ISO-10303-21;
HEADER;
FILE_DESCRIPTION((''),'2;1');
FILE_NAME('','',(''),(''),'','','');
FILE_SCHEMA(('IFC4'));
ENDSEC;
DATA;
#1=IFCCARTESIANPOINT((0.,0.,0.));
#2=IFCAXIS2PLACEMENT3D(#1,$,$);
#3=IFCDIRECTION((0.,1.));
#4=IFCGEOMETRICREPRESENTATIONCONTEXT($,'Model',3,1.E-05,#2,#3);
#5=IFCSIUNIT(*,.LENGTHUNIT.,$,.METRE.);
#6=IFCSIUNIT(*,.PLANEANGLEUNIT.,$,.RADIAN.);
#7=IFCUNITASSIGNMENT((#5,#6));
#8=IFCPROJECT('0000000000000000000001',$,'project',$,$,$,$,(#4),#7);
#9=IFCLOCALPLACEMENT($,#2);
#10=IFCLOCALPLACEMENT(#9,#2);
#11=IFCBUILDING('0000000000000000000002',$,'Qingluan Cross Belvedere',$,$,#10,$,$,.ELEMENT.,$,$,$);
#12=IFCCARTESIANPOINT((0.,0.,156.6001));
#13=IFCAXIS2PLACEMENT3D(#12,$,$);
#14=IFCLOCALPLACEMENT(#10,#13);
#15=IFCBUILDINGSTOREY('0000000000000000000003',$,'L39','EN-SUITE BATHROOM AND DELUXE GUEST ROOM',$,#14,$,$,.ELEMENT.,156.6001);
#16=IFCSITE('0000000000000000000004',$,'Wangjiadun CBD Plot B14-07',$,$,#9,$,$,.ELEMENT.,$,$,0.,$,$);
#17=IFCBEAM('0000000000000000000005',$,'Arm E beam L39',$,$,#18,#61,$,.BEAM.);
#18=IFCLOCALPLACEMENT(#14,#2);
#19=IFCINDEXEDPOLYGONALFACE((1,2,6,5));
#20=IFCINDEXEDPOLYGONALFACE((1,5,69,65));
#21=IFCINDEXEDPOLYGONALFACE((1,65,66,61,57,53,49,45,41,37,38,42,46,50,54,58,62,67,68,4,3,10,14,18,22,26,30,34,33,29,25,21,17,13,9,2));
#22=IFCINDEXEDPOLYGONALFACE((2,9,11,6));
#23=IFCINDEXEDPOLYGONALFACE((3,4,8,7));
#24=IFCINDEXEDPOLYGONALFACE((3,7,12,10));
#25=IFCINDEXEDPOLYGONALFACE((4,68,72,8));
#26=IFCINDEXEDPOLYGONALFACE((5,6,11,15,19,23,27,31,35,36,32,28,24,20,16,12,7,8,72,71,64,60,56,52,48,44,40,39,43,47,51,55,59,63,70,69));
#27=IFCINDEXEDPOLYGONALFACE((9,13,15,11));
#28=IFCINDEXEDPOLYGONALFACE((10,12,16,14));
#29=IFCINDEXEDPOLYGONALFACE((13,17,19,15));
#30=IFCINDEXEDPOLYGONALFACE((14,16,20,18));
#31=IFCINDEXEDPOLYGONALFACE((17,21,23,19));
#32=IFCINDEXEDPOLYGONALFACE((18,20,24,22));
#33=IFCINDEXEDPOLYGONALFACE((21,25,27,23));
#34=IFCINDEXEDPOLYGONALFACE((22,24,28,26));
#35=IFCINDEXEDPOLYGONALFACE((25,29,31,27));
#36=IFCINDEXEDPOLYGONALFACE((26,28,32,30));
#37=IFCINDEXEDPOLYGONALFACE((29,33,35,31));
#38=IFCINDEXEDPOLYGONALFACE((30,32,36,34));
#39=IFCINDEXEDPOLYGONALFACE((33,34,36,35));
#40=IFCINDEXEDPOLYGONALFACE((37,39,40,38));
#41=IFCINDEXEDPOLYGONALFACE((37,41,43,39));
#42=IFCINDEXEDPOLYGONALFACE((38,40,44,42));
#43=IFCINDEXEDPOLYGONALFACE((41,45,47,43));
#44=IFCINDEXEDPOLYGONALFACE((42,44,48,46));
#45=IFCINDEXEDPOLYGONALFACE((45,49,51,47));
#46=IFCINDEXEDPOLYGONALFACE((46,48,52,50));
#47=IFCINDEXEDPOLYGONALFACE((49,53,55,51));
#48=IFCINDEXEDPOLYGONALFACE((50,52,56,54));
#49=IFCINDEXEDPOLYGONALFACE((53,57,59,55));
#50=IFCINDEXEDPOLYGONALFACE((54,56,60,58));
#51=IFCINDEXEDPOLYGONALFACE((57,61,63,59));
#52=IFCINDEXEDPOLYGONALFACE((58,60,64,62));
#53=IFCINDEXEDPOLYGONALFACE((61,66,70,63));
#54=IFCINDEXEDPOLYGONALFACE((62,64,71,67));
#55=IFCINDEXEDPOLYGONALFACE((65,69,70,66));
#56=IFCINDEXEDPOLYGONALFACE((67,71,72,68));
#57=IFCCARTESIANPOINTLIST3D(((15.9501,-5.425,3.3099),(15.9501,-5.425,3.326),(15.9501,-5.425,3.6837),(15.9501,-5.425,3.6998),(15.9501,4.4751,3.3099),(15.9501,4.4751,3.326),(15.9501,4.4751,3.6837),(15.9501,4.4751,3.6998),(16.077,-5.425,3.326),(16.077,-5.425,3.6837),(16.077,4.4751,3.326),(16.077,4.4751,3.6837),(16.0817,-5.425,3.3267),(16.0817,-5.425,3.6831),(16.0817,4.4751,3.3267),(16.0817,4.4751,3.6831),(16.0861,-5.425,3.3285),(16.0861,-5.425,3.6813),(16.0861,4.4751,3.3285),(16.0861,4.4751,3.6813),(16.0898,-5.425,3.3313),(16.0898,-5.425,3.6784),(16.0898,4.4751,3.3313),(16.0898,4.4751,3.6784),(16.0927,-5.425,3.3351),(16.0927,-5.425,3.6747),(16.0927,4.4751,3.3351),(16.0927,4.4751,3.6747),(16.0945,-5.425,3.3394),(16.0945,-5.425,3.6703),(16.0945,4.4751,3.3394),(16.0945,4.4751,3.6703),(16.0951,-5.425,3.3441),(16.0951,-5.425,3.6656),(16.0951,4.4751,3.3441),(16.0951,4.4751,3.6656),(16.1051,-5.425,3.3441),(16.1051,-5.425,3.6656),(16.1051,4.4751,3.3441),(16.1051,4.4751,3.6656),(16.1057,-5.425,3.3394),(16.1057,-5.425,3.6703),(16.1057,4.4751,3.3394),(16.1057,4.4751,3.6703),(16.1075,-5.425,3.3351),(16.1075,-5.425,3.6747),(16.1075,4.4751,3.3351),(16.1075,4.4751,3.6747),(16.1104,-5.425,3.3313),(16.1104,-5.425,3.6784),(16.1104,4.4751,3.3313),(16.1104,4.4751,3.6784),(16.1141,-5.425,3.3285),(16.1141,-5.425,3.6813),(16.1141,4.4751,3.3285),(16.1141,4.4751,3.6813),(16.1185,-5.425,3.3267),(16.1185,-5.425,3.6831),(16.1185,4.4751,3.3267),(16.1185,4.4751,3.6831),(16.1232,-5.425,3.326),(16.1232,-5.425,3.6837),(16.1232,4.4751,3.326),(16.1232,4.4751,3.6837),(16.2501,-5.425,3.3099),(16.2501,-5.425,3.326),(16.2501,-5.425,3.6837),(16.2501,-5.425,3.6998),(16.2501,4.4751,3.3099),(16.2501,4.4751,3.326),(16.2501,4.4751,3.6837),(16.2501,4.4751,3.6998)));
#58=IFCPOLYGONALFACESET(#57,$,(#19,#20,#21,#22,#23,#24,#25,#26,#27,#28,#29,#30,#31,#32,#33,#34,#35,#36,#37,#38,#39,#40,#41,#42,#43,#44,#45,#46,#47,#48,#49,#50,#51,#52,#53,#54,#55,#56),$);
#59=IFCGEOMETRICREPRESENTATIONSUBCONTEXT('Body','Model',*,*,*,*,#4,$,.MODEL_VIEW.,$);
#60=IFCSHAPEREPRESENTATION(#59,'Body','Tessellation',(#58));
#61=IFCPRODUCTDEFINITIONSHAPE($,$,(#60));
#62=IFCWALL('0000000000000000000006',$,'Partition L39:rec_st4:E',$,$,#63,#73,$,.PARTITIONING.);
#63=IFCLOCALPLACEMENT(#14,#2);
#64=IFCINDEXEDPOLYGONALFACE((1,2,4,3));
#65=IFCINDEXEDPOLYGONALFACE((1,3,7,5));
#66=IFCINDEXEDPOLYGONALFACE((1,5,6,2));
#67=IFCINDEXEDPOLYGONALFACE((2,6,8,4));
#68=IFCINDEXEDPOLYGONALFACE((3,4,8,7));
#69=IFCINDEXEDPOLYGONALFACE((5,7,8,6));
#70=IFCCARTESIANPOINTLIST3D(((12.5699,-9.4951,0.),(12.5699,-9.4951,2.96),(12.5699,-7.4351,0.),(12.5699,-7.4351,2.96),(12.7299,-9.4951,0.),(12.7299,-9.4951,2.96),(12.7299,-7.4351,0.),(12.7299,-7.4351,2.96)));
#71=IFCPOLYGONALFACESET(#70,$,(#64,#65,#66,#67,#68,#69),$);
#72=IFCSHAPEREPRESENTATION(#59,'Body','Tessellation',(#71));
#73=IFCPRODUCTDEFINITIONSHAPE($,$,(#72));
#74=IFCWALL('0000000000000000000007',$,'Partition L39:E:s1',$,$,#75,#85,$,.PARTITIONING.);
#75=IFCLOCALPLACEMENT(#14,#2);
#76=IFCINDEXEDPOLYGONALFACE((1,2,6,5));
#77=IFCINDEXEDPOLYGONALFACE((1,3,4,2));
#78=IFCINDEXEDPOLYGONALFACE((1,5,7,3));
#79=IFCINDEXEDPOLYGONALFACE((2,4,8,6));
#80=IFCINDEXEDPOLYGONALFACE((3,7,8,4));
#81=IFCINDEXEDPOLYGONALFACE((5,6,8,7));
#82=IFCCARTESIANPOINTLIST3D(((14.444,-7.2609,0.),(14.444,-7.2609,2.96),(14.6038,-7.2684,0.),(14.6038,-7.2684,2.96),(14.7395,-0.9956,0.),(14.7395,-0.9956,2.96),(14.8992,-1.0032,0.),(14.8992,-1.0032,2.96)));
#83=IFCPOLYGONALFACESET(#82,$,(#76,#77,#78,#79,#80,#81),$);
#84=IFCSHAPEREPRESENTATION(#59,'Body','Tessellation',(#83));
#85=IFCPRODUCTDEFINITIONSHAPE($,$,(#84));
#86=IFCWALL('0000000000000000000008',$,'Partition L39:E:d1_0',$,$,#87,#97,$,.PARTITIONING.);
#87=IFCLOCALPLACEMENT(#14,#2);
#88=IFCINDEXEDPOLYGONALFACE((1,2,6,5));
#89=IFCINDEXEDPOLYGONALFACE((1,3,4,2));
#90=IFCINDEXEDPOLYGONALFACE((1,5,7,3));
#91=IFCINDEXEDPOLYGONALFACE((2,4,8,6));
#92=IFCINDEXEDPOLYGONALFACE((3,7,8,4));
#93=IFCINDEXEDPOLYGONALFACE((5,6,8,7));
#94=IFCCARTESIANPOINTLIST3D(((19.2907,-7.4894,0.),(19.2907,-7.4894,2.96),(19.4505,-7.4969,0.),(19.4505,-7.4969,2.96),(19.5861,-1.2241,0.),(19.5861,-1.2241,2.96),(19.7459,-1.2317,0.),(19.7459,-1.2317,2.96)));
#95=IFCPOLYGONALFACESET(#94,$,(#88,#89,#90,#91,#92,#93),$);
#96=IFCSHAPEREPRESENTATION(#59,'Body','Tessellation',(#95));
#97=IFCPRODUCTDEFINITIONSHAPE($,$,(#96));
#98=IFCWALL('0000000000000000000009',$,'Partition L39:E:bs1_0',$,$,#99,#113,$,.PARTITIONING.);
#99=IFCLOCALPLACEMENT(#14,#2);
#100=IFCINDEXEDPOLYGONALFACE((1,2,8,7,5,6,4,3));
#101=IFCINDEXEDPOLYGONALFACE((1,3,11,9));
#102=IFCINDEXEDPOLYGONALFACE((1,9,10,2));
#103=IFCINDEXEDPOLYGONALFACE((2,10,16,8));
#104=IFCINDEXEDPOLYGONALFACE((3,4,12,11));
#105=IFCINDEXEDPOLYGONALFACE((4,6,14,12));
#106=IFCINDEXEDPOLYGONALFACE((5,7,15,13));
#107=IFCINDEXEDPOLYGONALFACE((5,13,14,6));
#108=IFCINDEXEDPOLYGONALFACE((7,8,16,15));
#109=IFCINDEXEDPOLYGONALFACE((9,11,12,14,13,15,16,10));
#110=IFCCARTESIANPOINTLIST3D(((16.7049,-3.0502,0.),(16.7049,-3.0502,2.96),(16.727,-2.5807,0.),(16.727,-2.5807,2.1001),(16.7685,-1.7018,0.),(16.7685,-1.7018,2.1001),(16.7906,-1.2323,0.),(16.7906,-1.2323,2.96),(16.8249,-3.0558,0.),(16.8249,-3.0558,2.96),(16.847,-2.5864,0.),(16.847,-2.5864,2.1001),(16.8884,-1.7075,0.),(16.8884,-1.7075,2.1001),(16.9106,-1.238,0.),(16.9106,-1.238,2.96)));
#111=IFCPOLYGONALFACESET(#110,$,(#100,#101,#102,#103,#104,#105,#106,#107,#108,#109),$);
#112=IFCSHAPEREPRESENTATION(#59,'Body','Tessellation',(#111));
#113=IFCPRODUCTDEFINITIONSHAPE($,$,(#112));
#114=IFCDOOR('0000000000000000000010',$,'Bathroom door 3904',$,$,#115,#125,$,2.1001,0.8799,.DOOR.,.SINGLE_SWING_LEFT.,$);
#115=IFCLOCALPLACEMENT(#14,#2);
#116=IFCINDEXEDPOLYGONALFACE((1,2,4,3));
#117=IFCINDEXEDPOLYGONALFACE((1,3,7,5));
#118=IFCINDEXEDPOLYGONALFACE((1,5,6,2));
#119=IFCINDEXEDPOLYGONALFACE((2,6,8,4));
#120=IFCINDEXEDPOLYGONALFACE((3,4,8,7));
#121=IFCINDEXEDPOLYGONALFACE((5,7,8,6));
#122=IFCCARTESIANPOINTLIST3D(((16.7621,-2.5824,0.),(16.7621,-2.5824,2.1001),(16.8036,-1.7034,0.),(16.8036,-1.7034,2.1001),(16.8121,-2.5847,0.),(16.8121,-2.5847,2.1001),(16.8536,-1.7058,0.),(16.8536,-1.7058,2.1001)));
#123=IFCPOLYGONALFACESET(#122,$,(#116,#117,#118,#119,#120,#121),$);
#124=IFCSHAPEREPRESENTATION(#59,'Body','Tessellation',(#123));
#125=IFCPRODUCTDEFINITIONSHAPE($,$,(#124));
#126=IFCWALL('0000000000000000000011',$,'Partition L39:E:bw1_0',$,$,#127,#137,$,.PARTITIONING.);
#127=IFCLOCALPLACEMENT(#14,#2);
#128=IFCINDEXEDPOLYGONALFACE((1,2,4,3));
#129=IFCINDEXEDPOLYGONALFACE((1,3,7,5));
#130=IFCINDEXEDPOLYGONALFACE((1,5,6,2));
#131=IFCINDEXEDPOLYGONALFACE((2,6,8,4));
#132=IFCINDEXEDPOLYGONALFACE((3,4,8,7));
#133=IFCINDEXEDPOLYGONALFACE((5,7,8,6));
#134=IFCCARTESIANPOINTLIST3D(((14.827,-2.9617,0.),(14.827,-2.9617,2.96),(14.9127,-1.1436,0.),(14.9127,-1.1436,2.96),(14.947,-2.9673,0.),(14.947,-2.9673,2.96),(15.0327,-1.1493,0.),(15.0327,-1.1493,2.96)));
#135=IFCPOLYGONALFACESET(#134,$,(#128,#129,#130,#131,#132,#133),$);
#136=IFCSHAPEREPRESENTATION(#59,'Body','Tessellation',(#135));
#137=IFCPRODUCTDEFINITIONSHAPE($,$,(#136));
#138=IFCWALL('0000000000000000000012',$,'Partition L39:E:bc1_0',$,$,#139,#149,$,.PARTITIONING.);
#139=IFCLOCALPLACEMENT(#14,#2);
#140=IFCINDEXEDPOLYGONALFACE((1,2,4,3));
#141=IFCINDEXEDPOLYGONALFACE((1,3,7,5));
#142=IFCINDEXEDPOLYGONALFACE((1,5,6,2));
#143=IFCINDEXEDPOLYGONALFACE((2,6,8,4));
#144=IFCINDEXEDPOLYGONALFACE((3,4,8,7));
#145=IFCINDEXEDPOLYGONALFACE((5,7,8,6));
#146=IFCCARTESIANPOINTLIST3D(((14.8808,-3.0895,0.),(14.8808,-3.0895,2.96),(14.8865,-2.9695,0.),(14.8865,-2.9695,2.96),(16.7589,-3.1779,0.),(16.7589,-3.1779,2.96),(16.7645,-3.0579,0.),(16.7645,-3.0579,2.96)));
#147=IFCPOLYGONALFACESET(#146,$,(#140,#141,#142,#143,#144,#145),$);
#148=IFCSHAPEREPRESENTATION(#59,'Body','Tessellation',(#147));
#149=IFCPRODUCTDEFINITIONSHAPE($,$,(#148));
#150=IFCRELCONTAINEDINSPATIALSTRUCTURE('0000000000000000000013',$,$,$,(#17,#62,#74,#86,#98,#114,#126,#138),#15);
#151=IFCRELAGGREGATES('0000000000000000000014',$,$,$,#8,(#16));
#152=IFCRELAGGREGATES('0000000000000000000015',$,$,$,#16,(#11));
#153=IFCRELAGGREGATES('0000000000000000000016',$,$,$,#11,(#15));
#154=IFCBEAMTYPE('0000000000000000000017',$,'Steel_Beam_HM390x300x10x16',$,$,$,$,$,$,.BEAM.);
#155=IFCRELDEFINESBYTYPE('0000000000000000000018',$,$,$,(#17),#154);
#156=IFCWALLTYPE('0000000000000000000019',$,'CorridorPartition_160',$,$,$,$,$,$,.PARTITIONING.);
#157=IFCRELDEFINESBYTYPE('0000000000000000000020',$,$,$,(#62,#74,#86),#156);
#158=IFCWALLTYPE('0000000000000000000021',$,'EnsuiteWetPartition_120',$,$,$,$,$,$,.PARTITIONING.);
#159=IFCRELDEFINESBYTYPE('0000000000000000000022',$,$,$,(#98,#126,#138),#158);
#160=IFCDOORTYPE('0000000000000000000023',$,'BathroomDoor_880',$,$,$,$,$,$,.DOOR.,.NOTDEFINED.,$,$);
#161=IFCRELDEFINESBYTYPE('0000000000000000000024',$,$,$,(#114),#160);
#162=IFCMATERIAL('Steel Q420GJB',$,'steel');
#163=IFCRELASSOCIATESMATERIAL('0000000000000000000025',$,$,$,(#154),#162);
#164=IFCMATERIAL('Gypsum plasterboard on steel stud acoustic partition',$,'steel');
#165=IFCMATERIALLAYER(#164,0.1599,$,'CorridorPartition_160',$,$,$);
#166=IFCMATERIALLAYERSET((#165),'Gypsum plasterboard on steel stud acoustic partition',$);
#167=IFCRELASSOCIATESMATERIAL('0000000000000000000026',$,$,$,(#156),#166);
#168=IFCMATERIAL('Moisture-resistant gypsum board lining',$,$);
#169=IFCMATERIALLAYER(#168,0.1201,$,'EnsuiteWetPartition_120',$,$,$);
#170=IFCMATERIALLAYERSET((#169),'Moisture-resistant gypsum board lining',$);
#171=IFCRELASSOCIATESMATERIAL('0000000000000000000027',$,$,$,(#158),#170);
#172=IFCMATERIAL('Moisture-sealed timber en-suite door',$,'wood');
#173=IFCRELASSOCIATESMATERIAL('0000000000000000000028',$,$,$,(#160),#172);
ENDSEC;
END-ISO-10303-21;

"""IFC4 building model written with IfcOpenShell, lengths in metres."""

from ifc_helpers import new_model, si_unit, direction, frame, frame_2d, origin, origin_2d, place, context, subcontext, project, spatial, rectangle, i_section, extrude, material, layer, layer_set, material_profile, profile_set, type_object, element, fill, save


model = new_model("IFC4")

# Units and contexts
model_context = context("Model", 3, precision=1e-05, world=origin(), true_north=direction((0.0, 1.0)))
body_context = subcontext(model_context, "Body", "Model", "MODEL_VIEW")
ifc_project = project(units=[si_unit("LENGTHUNIT", "METRE"), si_unit("PLANEANGLEUNIT", "RADIAN")], contexts=[model_context])

# Site, building, storey
site_placement = place(None, origin())
site = spatial("IfcSite", under=ifc_project, at=site_placement, Name="Wangjiadun CBD Plot B14-07", CompositionType="ELEMENT", RefElevation=0.0)
building_placement = place(site_placement, origin())
building = spatial("IfcBuilding", under=site, at=building_placement, Name="Qingluan Cross Belvedere", CompositionType="ELEMENT")
storey_placement = place(building_placement, frame((0.0, 0.0, 156.6001)))
storey = spatial("IfcBuildingStorey", under=building, at=storey_placement, Name="L39", Description="EN-SUITE BATHROOM AND DELUXE GUEST ROOM", CompositionType="ELEMENT", Elevation=156.6001)

# Beam
ifc_material_1 = material(Name="Steel Q420GJB", Category="steel")
ifc_material_profile = material_profile(ifc_material_1, i_section(OverallWidth=0.3, OverallDepth=0.3899, WebThickness=0.01, FlangeThickness=0.0161, FilletRadius=0.0181, at=origin_2d()), Name="HM390x300x10x16")
ifc_profile_set = profile_set([ifc_material_profile], Name="Steel Q420GJB")
beam_type = type_object("IfcBeamType", Name="Steel_Beam_HM390x300x10x16", PredefinedType="BEAM", material=ifc_profile_set)
beam_placement = place(storey_placement, frame((16.1001, -5.425, 3.5049), z_axis=(0.0, 1.0, 0.0), x_axis=(-1.0, 0.0, 0.0)))
element("IfcBeam", 1, at=beam_placement, inside=storey, type_object=beam_type, Name="Arm E beam L39", PredefinedType="BEAM", context=body_context, shape_type="SweptSolid", body=[
    extrude(i_section(OverallWidth=0.3, OverallDepth=0.3899, WebThickness=0.01, FlangeThickness=0.0161, FilletRadius=0.0181, at=origin_2d()), origin(), (0.0, 0.0, 1.0), 9.9001),
])

# Wall
ifc_material_2 = material(Name="Gypsum plasterboard on steel stud acoustic partition", Category="steel")
ifc_layer_1 = layer(ifc_material_2, 0.1599, Name="CorridorPartition_160")
ifc_layer_set_1 = layer_set([ifc_layer_1], Name="Gypsum plasterboard on steel stud acoustic partition")
wall_type_1 = type_object("IfcWallType", Name="CorridorPartition_160", PredefinedType="PARTITIONING", material=ifc_layer_set_1)
wall_1_placement = place(storey_placement, frame((12.6499, -9.4951, 0.0), z_axis=(0.0, 0.0, 1.0), x_axis=(0.0, 1.0, 0.0)))
element("IfcWall", 2, at=wall_1_placement, inside=storey, type_object=wall_type_1, Name="Partition L39:rec_st4:E", PredefinedType="PARTITIONING", context=body_context, shape_type="SweptSolid", body=[
    extrude(rectangle(XDim=2.0601, YDim=0.1599, at=frame_2d((1.03, 0.0))), origin(), (0.0, 0.0, 1.0), 2.96),
])

# Walls
for number, where, z_axis, x_axis, name in (
    (3, (14.8193, -0.9993, 0.0), (0.0, 0.0, 1.0), (-0.047099, -0.99889, 0.0), "Partition L39:E:s1"),
    (4, (19.666, -1.2278, 0.0), (0.0, 0.0, 1.0), (-0.047099, -0.99889, 0.0), "Partition L39:E:d1_0"),
):
    element("IfcWall", number, at=place(storey_placement, frame(where, z_axis=z_axis, x_axis=x_axis)), inside=storey, type_object=wall_type_1, Name=name, PredefinedType="PARTITIONING", context=body_context, shape_type="SweptSolid", body=[
        extrude(rectangle(XDim=6.2722, YDim=0.1599, at=frame_2d((3.1362, 0.0))), origin(), (0.0, 0.0, 1.0), 2.96),
    ])

# Wall, opening, door
ifc_material_3 = material(Name="Moisture-resistant gypsum board lining")
ifc_layer_2 = layer(ifc_material_3, 0.1201, Name="EnsuiteWetPartition_120")
ifc_layer_set_2 = layer_set([ifc_layer_2], Name="Moisture-resistant gypsum board lining")
wall_type_2 = type_object("IfcWallType", Name="EnsuiteWetPartition_120", PredefinedType="PARTITIONING", material=ifc_layer_set_2)
wall_2_placement = place(storey_placement, frame((16.7649, -3.053, 0.0), z_axis=(0.0, 0.0, 1.0), x_axis=(0.047087, 0.998891, 0.0)))
wall_2 = element("IfcWall", 5, at=wall_2_placement, inside=storey, type_object=wall_type_2, Name="Partition L39:E:bs1_0", PredefinedType="PARTITIONING", context=body_context, shape_type="SweptSolid", body=[
    extrude(rectangle(XDim=1.8198, YDim=0.1201, at=frame_2d((0.9099, 0.0))), origin(), (0.0, 0.0, 1.0), 2.96),
])
opening_1_placement = place(wall_2_placement, frame((0.47, 0.0, 0.0)))
opening_1 = element("IfcOpeningElement", 6, at=opening_1_placement, cuts=wall_2, PredefinedType="OPENING", context=body_context, shape_type="SweptSolid", body=[
    extrude(rectangle(XDim=0.8799, YDim=2.1001, at=frame_2d((0.4399, 1.05))), frame((0.0, 0.0701, 0.0), z_axis=(0.0, -1.0, 0.0), x_axis=(1.0, 0.0, 0.0)), (0.0, 0.0, 1.0), 0.1401),
])
ifc_material_4 = material(Name="Moisture-sealed timber en-suite door", Category="wood")
door_type_1 = type_object("IfcDoorType", Name="BathroomDoor_880", OperationType="NOTDEFINED", PredefinedType="DOOR", material=ifc_material_4)
door_1_placement = place(opening_1_placement, origin())
door_1 = element("IfcDoor", 7, at=door_1_placement, inside=storey, type_object=door_type_1, Name="Bathroom door 3904", OperationType="SINGLE_SWING_LEFT", OverallHeight=2.1001, OverallWidth=0.8799, PredefinedType="DOOR", context=body_context, shape_type="SweptSolid", body=[
    extrude(rectangle(XDim=0.8799, YDim=2.1001, at=frame_2d((0.4399, 1.05))), frame((0.0, 0.0249, 0.0), z_axis=(0.0, -1.0, 0.0), x_axis=(1.0, 0.0, 0.0)), (0.0, 0.0, 1.0), 0.05),
])
fill(opening_1, door_1)

# Walls
wall_3_placement = place(storey_placement, frame((14.887, -2.9646, 0.0), z_axis=(0.0, 0.0, 1.0), x_axis=(0.047081, 0.998891, 0.0)))
element("IfcWall", 8, at=wall_3_placement, inside=storey, type_object=wall_type_2, Name="Partition L39:E:bw1_0", PredefinedType="PARTITIONING", context=body_context, shape_type="SweptSolid", body=[
    extrude(rectangle(XDim=1.8201, YDim=0.1201, at=frame_2d((0.9102, 0.0))), origin(), (0.0, 0.0, 1.0), 2.96),
])
wall_4_placement = place(storey_placement, frame((14.8838, -3.0295, 0.0), z_axis=(0.0, 0.0, 1.0), x_axis=(0.998894, -0.04701, 0.0)))
element("IfcWall", 9, at=wall_4_placement, inside=storey, type_object=wall_type_2, Name="Partition L39:E:bc1_0", PredefinedType="PARTITIONING", context=body_context, shape_type="SweptSolid", body=[
    extrude(rectangle(XDim=1.8801, YDim=0.1201, at=frame_2d((0.9399, 0.0))), origin(), (0.0, 0.0, 1.0), 2.96),
])

save(model, "model.ifc")
